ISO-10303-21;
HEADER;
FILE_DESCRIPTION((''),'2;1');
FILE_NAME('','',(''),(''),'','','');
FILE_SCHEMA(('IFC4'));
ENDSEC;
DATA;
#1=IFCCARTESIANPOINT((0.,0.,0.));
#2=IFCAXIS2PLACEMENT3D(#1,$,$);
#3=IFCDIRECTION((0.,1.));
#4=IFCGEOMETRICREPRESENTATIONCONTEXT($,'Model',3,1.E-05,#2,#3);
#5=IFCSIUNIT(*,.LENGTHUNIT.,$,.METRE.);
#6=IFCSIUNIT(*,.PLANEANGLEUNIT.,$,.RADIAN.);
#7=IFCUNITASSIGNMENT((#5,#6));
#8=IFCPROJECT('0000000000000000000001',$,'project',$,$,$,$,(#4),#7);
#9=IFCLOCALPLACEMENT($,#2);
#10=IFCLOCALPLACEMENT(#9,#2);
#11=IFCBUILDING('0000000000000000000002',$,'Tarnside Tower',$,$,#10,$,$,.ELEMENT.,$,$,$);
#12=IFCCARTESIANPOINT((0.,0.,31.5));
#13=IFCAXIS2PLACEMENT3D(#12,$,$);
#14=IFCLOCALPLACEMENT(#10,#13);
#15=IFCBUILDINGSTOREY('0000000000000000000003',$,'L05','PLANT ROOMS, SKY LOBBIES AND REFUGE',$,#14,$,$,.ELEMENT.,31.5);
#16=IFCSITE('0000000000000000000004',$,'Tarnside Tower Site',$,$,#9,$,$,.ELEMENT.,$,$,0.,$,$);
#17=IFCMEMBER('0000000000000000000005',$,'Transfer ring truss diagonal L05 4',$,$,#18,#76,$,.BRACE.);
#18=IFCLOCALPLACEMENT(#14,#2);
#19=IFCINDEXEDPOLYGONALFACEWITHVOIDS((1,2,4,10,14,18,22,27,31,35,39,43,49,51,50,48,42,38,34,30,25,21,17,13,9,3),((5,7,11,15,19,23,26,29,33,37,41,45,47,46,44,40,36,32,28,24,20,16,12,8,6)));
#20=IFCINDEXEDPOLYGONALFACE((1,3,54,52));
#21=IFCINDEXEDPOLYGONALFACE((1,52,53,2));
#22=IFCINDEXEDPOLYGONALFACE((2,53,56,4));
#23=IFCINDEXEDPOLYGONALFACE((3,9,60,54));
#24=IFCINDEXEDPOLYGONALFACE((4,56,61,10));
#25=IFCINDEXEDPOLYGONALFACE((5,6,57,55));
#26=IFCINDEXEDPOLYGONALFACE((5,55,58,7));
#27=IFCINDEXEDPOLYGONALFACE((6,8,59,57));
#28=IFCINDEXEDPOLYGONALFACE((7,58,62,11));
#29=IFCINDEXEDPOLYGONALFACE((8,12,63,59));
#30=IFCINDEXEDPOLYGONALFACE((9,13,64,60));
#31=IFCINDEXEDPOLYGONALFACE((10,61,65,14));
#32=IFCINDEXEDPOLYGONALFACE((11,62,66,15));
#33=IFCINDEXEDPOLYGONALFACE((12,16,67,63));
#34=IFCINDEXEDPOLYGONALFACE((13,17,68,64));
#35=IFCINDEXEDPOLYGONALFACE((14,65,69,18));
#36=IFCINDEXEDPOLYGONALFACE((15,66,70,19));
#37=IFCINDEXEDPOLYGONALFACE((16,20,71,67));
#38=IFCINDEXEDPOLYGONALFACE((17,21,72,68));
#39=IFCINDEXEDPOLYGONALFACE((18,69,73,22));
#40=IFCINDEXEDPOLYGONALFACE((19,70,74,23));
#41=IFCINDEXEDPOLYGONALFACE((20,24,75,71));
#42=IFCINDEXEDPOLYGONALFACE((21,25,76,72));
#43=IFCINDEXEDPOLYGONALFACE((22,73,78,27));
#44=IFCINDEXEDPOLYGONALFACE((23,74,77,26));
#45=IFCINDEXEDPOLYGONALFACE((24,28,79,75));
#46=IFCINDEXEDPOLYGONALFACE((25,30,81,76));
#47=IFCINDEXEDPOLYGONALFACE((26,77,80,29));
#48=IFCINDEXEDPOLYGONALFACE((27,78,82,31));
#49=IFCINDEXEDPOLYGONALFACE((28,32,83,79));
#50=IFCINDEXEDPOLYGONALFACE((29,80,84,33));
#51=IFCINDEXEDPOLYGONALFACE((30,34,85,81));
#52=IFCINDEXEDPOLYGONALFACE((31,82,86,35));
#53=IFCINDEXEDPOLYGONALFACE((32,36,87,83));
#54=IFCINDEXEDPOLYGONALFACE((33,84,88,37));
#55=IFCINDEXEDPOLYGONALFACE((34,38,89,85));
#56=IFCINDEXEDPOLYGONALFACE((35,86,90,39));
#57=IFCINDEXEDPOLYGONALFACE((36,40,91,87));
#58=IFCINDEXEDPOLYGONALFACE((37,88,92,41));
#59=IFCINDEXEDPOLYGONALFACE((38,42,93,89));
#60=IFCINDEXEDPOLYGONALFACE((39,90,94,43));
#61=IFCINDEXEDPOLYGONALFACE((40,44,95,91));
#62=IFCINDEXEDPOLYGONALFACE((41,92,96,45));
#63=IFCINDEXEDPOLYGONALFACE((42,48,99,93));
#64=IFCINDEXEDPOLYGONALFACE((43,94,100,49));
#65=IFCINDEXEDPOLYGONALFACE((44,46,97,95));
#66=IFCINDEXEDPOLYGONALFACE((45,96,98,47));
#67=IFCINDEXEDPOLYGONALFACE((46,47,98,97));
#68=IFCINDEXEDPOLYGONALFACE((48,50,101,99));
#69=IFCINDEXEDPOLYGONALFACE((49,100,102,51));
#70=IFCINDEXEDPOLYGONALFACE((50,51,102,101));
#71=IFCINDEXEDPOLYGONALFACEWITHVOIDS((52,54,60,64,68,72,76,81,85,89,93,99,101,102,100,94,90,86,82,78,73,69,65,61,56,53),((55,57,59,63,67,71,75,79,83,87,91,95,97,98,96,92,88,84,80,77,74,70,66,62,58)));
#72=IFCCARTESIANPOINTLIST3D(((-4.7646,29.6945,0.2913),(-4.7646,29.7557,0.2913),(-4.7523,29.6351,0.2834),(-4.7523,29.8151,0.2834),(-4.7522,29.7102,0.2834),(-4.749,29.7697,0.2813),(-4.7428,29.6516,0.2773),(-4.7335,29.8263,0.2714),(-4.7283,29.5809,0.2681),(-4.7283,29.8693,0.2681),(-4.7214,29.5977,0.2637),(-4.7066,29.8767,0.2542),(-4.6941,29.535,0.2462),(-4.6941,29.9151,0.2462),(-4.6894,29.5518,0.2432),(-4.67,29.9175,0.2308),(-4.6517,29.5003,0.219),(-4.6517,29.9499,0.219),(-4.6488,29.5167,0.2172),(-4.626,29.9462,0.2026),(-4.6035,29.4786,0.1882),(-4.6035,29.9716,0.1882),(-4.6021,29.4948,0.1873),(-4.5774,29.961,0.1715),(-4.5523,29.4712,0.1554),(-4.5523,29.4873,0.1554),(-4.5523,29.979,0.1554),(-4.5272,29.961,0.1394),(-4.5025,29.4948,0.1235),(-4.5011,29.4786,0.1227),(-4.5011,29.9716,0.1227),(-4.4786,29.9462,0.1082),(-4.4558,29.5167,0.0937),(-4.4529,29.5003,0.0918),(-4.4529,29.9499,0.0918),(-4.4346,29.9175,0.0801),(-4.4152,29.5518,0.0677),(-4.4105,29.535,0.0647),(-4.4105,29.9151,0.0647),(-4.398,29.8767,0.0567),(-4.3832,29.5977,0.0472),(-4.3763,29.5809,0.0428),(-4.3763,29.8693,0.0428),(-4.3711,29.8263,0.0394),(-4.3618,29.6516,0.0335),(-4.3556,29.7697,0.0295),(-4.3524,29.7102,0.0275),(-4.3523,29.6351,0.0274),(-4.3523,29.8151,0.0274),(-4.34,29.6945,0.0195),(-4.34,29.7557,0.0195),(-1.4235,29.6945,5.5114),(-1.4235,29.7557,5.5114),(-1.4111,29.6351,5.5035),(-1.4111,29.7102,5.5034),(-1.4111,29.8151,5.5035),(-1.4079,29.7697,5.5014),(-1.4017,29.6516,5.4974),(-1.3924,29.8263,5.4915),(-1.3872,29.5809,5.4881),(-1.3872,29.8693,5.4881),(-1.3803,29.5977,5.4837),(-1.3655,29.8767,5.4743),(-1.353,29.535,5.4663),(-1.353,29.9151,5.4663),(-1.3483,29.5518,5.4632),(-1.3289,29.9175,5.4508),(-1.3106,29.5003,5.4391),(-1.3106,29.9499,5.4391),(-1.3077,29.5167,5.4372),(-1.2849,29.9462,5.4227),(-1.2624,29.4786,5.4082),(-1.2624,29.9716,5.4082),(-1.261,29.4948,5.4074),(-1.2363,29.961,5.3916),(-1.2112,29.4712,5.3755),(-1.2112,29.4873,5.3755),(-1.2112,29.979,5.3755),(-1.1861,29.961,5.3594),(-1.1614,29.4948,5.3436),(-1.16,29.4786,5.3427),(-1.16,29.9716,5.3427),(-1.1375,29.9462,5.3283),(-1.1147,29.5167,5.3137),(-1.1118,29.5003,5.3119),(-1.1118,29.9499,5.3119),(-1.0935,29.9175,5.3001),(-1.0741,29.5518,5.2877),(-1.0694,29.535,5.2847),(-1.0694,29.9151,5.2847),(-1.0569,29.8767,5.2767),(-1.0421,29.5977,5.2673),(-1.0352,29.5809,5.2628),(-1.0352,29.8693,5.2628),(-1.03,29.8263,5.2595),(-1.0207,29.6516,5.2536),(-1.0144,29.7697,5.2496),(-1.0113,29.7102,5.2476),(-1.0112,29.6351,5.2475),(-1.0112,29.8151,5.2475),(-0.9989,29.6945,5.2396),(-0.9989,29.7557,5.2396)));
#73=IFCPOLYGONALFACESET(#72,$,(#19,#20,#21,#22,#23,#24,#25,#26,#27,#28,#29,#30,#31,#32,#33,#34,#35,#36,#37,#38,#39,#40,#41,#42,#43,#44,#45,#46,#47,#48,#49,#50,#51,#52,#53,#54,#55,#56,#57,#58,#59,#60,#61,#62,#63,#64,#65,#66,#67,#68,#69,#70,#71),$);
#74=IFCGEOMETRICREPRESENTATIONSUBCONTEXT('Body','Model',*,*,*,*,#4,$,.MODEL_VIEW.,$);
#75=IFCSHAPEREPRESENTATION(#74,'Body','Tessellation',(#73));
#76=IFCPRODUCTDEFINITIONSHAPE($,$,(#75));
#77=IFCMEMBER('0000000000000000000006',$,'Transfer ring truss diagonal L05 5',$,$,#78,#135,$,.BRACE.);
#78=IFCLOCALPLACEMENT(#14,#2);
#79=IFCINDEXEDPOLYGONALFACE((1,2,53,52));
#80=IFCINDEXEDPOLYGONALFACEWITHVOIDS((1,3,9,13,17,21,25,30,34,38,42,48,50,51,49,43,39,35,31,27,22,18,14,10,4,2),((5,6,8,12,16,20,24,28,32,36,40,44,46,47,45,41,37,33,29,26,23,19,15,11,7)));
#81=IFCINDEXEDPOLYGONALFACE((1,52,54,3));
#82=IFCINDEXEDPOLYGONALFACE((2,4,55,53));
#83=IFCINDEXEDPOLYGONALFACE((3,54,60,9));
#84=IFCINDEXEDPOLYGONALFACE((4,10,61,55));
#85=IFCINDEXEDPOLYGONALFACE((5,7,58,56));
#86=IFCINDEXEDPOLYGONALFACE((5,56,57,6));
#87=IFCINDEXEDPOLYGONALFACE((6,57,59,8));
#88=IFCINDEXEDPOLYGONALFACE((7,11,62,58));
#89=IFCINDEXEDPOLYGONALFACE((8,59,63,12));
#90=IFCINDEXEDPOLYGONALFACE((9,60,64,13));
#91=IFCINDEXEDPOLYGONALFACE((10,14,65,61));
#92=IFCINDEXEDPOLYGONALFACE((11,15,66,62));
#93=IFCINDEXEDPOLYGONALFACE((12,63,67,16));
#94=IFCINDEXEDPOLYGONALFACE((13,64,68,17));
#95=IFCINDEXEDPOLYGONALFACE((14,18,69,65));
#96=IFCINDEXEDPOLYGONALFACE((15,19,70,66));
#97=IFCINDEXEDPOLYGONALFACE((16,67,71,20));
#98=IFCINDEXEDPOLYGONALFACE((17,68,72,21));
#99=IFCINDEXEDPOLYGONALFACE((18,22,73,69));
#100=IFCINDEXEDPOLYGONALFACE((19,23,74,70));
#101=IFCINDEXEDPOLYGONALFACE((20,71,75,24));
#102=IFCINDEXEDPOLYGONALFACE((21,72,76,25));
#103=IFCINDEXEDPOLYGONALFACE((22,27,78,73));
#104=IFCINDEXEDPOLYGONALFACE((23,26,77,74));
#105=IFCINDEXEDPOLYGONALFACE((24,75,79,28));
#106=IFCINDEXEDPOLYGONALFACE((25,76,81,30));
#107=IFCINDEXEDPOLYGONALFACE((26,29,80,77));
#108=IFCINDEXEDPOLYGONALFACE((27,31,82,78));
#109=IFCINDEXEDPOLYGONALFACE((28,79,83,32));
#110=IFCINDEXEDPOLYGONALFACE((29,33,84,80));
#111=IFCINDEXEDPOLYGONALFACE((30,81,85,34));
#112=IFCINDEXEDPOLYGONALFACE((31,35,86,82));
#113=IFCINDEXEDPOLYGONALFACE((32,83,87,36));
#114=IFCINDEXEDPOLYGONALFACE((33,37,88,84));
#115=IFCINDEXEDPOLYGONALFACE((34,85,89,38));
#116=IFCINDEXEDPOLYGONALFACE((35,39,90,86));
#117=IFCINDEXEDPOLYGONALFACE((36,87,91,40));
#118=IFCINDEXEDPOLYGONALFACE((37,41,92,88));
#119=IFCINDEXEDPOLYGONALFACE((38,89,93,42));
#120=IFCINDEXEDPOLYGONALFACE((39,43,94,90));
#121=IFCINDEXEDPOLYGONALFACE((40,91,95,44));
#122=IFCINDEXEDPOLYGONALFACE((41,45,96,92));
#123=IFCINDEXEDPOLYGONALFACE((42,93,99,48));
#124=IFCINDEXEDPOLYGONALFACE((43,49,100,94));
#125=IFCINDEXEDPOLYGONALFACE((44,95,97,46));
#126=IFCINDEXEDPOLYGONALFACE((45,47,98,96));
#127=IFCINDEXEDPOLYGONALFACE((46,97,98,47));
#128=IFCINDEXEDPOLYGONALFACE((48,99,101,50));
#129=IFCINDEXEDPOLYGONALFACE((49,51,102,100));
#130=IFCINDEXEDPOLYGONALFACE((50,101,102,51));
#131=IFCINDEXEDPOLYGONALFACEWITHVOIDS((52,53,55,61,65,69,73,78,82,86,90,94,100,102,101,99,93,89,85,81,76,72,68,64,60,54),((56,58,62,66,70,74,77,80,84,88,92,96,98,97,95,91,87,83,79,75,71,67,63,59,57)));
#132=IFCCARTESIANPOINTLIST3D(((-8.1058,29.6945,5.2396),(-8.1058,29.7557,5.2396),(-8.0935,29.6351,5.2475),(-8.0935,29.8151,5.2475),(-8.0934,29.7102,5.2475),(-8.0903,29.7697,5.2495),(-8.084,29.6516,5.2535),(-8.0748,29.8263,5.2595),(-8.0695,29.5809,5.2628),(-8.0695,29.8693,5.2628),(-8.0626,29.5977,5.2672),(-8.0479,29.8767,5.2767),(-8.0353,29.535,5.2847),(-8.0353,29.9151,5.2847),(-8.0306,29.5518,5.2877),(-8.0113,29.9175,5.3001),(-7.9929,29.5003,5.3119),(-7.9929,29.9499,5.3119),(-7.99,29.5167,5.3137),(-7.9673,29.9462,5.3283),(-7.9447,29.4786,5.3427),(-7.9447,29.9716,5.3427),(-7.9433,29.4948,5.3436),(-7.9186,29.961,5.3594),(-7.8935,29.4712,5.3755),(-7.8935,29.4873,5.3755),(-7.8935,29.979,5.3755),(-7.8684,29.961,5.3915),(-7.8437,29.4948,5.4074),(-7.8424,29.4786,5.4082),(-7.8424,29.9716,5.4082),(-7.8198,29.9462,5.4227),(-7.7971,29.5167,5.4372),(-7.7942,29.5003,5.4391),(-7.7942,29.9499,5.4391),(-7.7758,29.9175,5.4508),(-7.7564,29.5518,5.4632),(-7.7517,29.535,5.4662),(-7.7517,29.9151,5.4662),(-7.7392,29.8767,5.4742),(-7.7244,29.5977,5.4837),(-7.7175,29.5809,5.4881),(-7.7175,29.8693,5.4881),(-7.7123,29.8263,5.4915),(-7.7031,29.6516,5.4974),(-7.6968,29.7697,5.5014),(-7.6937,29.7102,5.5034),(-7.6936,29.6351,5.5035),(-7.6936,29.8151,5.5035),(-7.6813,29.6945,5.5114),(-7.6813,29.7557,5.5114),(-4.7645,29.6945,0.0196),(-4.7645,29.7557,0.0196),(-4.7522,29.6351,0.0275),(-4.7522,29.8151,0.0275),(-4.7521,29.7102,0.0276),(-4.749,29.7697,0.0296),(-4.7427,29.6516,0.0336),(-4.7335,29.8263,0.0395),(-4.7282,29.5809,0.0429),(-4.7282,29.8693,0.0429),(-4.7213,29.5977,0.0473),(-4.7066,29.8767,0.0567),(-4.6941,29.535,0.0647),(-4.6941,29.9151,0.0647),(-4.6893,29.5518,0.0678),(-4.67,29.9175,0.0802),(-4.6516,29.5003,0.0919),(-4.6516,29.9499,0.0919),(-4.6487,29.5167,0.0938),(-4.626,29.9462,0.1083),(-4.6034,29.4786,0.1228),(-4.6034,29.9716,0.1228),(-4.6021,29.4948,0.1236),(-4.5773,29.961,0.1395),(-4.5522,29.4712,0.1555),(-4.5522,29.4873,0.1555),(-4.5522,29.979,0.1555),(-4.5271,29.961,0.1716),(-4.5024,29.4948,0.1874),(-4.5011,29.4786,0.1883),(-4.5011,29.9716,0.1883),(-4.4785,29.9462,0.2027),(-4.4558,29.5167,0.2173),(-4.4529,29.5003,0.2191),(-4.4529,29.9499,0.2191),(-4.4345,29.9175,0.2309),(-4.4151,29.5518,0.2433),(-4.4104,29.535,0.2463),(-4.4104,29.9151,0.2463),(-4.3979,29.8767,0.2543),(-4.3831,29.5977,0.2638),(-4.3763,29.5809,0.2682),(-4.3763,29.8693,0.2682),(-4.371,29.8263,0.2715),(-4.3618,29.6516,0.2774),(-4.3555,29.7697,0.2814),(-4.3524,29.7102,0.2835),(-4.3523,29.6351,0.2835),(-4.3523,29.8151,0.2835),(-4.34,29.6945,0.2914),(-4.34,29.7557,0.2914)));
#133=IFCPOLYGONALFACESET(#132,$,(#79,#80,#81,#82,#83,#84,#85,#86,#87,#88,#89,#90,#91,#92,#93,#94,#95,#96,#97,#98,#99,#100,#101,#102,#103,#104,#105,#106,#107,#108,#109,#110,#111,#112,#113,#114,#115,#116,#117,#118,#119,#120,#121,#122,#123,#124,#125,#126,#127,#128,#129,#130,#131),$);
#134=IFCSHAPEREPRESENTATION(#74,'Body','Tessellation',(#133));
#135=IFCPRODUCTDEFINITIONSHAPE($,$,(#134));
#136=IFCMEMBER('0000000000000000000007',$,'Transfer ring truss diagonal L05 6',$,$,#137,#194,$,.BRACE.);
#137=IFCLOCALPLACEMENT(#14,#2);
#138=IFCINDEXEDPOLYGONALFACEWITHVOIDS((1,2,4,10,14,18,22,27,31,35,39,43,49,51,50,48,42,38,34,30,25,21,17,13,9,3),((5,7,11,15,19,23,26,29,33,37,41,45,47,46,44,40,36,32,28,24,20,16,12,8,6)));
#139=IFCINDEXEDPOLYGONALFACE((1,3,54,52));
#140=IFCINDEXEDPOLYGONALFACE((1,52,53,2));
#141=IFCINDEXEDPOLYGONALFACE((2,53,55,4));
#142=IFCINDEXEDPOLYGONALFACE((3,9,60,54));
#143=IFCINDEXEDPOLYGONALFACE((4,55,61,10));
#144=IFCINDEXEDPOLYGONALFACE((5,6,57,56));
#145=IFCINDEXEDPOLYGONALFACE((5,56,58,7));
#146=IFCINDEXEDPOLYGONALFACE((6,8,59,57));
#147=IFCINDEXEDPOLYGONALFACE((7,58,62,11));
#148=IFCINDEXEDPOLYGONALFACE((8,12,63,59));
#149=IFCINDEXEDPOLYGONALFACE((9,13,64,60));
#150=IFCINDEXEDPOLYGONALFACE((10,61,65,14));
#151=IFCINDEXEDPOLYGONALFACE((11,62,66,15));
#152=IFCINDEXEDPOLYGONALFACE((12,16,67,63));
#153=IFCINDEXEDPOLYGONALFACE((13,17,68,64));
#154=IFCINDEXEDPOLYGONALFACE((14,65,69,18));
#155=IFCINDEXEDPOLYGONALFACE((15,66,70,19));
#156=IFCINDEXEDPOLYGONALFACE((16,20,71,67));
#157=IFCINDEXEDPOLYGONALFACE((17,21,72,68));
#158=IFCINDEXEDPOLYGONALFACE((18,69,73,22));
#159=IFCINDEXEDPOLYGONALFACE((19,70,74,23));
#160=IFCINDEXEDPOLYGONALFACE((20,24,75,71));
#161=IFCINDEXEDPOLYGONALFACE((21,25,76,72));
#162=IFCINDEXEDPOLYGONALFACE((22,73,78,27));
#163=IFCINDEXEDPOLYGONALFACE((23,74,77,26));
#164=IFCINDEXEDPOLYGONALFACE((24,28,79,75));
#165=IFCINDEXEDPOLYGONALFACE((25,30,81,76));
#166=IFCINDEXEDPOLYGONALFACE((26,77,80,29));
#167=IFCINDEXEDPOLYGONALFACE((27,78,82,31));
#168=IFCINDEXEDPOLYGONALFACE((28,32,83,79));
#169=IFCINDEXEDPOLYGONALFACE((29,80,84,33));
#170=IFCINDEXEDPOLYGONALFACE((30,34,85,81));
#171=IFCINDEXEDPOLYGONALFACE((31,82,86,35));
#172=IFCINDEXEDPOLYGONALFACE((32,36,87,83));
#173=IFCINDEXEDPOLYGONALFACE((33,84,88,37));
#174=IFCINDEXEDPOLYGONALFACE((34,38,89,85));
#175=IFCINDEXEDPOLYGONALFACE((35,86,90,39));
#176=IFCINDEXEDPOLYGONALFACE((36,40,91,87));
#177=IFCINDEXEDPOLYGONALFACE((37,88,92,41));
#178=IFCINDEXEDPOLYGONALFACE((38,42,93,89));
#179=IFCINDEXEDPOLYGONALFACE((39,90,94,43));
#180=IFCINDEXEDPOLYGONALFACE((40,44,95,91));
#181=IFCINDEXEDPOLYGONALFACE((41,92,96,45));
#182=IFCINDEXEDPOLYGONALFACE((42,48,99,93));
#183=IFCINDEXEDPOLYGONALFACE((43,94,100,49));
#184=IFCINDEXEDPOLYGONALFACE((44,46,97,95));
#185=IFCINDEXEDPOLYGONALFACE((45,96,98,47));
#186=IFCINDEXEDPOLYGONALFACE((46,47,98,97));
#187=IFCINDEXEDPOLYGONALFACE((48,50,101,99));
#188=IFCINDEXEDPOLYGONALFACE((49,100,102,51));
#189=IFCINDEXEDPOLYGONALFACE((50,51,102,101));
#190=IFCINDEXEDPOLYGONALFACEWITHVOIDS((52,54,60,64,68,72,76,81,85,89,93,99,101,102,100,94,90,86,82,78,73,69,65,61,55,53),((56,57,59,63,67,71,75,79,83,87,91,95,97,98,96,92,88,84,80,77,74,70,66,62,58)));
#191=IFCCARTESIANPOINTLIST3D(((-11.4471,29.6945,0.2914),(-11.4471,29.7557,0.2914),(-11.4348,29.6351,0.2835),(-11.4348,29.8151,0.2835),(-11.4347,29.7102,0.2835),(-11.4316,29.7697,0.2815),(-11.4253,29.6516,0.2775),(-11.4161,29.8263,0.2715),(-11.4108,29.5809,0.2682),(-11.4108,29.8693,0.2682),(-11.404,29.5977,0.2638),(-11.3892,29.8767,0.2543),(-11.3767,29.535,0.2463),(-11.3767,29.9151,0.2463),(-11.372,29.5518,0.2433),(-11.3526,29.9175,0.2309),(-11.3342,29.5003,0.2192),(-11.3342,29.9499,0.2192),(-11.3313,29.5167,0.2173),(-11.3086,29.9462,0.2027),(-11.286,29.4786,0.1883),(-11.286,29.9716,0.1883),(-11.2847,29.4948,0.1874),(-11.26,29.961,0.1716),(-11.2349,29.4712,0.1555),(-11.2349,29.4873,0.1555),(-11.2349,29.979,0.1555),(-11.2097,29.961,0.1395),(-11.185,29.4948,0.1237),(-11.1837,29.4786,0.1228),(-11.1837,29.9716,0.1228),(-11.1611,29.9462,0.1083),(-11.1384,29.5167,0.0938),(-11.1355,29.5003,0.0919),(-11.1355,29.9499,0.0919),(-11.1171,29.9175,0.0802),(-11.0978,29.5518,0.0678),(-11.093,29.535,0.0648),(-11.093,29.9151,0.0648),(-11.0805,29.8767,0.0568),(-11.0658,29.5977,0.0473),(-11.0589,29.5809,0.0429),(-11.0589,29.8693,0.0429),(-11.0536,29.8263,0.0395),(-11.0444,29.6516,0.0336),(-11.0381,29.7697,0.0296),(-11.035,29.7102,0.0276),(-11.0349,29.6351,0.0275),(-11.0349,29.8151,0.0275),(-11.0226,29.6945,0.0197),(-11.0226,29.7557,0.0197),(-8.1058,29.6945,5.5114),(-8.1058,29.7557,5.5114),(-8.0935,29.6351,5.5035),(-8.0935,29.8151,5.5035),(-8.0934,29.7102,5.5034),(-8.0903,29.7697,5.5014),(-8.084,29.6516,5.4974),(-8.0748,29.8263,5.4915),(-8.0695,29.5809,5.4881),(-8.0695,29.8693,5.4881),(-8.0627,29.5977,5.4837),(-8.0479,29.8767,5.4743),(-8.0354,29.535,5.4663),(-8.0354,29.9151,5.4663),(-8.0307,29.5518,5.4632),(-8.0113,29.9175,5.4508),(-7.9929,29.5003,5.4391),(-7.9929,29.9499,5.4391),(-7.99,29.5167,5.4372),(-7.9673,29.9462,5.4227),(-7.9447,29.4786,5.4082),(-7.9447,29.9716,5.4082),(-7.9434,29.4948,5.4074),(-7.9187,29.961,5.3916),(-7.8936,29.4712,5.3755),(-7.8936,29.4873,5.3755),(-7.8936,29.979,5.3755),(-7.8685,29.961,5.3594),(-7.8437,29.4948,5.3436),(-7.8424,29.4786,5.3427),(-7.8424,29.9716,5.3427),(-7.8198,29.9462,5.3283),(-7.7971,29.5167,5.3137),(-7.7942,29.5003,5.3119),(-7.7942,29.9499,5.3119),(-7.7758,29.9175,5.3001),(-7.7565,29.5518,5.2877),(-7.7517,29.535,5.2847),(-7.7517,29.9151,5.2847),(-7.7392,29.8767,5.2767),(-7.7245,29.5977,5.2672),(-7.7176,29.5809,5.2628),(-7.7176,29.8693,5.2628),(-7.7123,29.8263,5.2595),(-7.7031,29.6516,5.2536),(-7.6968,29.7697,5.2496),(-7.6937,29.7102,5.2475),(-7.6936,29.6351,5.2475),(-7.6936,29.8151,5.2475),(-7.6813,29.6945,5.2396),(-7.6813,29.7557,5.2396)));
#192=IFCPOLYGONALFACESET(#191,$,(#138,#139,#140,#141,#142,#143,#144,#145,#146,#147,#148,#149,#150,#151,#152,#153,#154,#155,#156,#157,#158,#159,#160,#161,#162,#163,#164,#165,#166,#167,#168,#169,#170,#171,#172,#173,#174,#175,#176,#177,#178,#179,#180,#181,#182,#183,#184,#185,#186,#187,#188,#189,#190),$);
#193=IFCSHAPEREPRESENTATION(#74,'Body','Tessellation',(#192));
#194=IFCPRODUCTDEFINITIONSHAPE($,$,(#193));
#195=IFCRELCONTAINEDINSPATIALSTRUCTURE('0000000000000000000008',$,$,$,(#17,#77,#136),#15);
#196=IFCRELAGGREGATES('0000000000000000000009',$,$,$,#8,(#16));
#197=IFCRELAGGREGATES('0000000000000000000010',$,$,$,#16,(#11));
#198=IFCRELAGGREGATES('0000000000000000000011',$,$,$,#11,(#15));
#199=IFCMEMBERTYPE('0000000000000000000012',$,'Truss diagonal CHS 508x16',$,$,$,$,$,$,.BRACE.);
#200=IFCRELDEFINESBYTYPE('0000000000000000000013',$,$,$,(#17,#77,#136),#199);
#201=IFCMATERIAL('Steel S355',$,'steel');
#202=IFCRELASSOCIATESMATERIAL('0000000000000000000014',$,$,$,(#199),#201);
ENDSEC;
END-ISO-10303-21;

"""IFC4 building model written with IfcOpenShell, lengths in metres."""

from ifc_helpers import new_model, si_unit, direction, frame, origin, origin_2d, place, context, subcontext, project, spatial, hollow_circle, extrude, material, material_profile, profile_set, type_object, element, save


model = new_model("IFC4")

# Units and contexts
model_context = context("Model", 3, precision=1e-05, world=origin(), true_north=direction((0.0, 1.0)))
body_context = subcontext(model_context, "Body", "Model", "MODEL_VIEW")
ifc_project = project(units=[si_unit("LENGTHUNIT", "METRE"), si_unit("PLANEANGLEUNIT", "RADIAN")], contexts=[model_context])

# Site, building, storey
site_placement = place(None, origin())
site = spatial("IfcSite", under=ifc_project, at=site_placement, Name="Tarnside Tower Site", CompositionType="ELEMENT", RefElevation=0.0)
building_placement = place(site_placement, origin())
building = spatial("IfcBuilding", under=site, at=building_placement, Name="Tarnside Tower", CompositionType="ELEMENT")
storey_placement = place(building_placement, frame((0.0, 0.0, 31.5)))
storey = spatial("IfcBuildingStorey", under=building, at=storey_placement, Name="L05", Description="PLANT ROOMS, SKY LOBBIES AND REFUGE", CompositionType="ELEMENT", Elevation=31.5)

# Shared definitions
ifc_material_1 = material(Name="Steel S355", Category="steel")

# Members
ifc_material_profile_1 = material_profile(ifc_material_1, hollow_circle(Radius=0.2539, WallThickness=0.0161, at=origin_2d()), Name="CHS 508x16")
ifc_profile_set_1 = profile_set([ifc_material_profile_1], Name="Steel S355")
member_type_1 = type_object("IfcMemberType", Name="Truss diagonal CHS 508x16", PredefinedType="BRACE", material=ifc_profile_set_1)
for number, where, z_axis, x_axis, name in (
    (1, (-1.2112, 29.7251, 5.3755), (-0.539086, 0.0, -0.842251), (0.0, -1.0, 0.0), "Transfer ring truss diagonal L05 4"),
    (2, (-4.5522, 29.7251, 0.1555), (-0.539114, 0.0, 0.842233), (0.0, -1.0, 0.0), "Transfer ring truss diagonal L05 5"),
    (3, (-7.8936, 29.7251, 5.3755), (-0.539114, 0.0, -0.842233), (0.0, -1.0, 0.0), "Transfer ring truss diagonal L05 6"),
):
    element("IfcMember", number, at=place(storey_placement, frame(where, z_axis=z_axis, x_axis=x_axis)), inside=storey, type_object=member_type_1, Name=name, PredefinedType="BRACE", context=body_context, shape_type="SweptSolid", body=[
        extrude(hollow_circle(Radius=0.2539, WallThickness=0.0161, at=origin_2d()), origin(), (0.0, 0.0, 1.0), 6.1978),
    ])

save(model, "model.ifc")
